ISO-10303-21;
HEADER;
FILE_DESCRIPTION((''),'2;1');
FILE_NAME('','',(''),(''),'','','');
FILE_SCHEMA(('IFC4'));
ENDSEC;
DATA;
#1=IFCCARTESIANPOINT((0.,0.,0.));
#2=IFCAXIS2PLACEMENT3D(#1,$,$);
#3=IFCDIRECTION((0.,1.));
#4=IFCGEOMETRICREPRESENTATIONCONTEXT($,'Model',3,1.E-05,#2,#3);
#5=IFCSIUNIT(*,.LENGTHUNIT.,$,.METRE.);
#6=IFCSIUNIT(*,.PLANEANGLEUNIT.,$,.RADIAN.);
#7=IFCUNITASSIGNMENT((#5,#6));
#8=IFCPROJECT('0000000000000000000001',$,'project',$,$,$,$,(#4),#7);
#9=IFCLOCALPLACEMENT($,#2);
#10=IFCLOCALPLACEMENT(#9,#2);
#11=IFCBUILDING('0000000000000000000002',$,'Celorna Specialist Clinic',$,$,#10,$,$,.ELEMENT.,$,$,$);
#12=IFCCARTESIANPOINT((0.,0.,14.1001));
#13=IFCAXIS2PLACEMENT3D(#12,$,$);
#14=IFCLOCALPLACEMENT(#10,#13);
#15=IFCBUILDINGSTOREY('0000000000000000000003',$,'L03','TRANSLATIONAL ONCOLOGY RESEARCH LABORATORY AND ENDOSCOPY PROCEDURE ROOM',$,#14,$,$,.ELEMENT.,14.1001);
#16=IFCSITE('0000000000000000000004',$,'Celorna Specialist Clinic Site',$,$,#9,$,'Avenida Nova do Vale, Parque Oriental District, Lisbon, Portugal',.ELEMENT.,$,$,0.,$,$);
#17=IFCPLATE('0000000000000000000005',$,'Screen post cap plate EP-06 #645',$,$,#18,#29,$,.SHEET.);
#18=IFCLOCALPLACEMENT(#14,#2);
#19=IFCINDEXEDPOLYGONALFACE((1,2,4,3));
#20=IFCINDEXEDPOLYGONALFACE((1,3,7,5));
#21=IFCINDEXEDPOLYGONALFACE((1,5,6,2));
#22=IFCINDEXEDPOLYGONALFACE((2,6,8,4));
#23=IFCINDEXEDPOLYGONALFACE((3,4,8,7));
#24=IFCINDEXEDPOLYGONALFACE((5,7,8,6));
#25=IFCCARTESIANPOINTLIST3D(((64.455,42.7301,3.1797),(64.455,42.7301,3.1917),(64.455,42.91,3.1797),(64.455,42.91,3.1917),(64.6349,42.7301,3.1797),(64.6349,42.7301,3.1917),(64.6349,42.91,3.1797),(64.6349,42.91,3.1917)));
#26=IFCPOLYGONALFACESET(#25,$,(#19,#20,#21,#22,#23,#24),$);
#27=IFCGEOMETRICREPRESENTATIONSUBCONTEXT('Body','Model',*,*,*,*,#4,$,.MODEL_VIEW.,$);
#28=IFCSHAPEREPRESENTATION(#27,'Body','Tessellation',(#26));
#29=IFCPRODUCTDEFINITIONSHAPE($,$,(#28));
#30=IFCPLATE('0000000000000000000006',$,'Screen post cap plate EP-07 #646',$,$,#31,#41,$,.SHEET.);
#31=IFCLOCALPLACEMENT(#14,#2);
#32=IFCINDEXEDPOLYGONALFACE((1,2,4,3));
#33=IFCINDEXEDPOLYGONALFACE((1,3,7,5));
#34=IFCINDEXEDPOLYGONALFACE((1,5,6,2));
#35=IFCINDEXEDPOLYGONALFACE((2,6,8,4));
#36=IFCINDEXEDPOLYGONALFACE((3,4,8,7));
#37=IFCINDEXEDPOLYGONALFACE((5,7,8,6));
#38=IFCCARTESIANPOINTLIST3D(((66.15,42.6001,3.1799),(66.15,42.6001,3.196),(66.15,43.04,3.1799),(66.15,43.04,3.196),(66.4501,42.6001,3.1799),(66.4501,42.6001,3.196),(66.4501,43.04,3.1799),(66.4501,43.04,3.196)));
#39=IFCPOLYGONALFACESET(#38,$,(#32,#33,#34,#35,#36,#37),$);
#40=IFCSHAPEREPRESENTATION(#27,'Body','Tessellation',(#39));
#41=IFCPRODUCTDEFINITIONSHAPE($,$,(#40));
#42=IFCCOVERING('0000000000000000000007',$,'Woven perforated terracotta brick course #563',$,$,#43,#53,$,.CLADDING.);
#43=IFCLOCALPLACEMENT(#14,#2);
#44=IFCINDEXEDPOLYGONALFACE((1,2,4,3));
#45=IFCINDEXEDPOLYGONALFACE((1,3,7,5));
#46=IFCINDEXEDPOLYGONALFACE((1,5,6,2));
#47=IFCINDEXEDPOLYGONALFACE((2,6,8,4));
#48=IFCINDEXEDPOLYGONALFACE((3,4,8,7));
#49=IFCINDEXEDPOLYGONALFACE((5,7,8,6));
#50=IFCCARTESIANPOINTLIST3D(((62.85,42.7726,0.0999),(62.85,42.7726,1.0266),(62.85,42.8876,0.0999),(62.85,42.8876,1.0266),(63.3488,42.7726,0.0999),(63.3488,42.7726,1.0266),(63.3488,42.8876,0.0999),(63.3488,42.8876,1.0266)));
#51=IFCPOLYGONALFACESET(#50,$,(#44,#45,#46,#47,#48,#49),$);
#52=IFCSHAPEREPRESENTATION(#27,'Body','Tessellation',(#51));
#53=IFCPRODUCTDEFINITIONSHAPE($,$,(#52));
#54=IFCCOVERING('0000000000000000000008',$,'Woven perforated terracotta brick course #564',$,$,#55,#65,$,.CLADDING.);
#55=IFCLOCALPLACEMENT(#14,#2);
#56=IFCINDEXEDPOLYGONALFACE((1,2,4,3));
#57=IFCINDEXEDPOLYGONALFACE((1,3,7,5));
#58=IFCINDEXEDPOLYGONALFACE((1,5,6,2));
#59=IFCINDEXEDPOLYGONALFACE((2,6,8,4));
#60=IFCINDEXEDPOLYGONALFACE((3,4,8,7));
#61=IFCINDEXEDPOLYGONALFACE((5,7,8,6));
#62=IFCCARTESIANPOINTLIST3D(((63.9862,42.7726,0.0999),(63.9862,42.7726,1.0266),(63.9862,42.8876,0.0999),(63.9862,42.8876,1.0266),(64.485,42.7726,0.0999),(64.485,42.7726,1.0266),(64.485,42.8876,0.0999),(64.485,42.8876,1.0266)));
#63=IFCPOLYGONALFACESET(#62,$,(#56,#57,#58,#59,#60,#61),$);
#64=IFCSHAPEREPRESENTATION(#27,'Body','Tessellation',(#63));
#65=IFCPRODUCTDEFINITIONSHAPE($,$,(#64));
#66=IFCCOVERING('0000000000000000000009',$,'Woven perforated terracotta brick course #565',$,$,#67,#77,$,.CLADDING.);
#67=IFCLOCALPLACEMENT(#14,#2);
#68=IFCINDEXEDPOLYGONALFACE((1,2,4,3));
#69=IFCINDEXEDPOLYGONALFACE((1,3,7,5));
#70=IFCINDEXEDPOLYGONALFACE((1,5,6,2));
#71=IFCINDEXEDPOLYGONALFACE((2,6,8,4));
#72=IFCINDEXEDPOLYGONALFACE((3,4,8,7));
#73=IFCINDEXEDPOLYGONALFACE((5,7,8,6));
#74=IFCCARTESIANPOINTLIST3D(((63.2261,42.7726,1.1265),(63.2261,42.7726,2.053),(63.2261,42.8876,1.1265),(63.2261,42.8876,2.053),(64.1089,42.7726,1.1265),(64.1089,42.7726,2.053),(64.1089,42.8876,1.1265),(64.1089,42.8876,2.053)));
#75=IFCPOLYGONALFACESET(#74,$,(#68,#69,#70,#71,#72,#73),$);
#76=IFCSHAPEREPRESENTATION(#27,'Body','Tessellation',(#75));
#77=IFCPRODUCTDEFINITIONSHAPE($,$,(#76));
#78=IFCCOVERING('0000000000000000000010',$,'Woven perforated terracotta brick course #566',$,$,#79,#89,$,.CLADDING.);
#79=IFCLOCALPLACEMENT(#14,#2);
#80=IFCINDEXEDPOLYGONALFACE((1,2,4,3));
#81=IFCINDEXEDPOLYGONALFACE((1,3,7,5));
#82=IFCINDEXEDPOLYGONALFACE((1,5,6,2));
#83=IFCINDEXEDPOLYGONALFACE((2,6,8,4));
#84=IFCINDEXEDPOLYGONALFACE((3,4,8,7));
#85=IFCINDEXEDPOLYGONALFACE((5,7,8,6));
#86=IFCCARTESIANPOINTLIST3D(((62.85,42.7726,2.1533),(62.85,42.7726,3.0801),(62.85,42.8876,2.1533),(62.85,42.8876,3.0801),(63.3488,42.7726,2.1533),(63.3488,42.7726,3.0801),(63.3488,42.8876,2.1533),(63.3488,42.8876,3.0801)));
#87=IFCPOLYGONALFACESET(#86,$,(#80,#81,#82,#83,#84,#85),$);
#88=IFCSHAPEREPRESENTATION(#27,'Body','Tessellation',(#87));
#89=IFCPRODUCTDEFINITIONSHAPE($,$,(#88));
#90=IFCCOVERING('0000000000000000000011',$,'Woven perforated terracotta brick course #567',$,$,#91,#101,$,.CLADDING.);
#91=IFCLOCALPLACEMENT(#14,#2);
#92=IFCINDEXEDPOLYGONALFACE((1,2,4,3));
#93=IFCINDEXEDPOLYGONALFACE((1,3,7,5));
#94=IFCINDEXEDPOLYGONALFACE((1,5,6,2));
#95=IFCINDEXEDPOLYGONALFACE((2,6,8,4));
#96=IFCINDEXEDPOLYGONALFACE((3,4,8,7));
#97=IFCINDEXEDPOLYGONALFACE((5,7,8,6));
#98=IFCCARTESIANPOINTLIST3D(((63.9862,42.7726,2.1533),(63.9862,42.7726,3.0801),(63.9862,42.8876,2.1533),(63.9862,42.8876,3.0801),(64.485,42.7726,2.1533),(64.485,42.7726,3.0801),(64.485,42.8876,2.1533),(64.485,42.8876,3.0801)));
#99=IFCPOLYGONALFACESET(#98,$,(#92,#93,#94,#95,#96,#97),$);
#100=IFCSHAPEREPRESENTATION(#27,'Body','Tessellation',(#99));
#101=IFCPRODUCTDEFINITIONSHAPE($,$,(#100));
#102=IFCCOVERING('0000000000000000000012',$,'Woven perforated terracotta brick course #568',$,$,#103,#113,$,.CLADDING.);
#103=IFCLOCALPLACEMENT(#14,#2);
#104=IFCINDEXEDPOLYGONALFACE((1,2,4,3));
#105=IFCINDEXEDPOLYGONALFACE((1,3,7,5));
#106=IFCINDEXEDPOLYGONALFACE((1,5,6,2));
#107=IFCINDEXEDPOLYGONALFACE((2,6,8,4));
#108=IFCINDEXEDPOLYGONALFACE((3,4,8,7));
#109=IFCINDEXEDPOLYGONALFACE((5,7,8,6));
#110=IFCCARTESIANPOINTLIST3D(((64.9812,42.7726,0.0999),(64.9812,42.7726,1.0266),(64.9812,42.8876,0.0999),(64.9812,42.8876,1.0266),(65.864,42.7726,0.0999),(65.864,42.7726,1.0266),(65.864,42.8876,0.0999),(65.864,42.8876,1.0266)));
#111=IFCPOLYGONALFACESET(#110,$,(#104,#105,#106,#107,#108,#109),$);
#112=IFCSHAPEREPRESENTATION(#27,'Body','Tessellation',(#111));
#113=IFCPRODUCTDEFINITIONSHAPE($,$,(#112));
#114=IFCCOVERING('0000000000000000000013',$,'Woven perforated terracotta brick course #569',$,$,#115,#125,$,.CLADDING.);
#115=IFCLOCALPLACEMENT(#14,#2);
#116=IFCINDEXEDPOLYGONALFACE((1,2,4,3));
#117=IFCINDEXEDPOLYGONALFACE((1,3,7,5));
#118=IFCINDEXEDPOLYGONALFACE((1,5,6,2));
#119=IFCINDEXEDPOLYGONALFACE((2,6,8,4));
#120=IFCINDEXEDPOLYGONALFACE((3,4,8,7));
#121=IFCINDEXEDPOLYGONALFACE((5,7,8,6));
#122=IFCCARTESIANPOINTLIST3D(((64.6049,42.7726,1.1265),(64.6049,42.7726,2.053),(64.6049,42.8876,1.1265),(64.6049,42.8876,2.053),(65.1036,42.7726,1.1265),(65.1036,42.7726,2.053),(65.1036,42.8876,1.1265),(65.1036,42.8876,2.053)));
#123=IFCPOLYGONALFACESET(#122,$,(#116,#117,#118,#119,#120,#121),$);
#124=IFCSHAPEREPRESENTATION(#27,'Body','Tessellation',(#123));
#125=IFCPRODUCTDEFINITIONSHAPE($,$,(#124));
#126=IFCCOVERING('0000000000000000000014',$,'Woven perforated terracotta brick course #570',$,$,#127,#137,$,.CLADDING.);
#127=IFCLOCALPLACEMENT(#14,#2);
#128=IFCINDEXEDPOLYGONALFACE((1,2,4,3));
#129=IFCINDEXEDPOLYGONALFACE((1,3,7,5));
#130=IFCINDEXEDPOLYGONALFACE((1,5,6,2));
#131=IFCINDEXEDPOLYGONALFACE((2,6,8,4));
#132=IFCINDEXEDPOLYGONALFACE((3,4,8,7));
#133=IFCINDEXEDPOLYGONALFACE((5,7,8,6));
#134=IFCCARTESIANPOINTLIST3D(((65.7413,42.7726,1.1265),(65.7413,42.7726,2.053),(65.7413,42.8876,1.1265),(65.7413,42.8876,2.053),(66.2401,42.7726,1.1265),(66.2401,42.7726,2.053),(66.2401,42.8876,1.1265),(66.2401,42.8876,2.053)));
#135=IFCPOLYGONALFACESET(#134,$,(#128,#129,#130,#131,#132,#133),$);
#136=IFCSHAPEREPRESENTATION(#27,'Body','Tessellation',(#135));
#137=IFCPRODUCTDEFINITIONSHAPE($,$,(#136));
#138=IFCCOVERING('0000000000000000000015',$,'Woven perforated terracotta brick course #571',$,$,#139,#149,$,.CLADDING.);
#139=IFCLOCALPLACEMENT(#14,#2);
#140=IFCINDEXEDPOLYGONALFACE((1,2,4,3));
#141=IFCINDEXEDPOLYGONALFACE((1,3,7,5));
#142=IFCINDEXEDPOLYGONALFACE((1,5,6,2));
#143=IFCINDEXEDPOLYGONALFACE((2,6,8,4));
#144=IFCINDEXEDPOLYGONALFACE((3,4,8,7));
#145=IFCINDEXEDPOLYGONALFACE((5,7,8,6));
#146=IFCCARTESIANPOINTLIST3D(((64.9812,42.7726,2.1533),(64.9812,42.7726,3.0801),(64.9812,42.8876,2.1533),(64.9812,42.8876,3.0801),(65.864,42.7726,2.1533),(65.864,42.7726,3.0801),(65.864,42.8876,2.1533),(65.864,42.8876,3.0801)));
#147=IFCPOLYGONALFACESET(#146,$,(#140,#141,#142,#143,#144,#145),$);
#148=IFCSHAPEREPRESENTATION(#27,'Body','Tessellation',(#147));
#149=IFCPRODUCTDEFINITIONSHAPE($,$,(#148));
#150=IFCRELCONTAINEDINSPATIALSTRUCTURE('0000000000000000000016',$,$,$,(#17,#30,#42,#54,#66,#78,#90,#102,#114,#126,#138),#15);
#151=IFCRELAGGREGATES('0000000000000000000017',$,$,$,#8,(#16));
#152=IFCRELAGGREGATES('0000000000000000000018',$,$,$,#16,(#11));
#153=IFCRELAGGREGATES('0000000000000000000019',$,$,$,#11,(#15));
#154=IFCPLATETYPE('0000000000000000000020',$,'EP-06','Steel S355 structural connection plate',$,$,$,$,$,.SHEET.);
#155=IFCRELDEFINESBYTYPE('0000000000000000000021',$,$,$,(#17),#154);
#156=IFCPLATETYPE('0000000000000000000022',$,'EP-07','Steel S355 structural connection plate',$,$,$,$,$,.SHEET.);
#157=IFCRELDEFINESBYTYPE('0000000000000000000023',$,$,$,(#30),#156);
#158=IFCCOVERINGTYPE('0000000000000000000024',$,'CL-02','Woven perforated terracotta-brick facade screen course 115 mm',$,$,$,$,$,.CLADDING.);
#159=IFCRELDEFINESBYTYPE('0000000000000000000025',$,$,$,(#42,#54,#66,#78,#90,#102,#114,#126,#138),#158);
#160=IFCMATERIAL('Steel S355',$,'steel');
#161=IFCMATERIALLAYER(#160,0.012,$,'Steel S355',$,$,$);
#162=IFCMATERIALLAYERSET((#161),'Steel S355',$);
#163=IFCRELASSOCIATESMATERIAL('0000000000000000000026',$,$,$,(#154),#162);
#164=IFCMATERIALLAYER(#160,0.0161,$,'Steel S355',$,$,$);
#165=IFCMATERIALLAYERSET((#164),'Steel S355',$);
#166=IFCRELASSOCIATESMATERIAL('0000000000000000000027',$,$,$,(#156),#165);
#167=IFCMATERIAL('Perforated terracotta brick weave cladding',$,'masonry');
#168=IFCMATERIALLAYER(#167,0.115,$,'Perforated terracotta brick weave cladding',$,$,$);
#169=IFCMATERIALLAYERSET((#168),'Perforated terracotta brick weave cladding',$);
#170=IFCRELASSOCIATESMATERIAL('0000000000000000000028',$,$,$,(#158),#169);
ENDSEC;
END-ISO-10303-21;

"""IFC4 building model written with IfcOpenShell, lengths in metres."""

from ifc_helpers import new_model, si_unit, direction, frame, origin, origin_2d, place, context, subcontext, project, spatial, rectangle, extrude, material, layer, layer_set, type_object, element, save


model = new_model("IFC4")

# Units and contexts
model_context = context("Model", 3, precision=1e-05, world=origin(), true_north=direction((0.0, 1.0)))
body_context = subcontext(model_context, "Body", "Model", "MODEL_VIEW")
ifc_project = project(units=[si_unit("LENGTHUNIT", "METRE"), si_unit("PLANEANGLEUNIT", "RADIAN")], contexts=[model_context])

# Site, building, storey
site_placement = place(None, origin())
site = spatial("IfcSite", under=ifc_project, at=site_placement, Name="Celorna Specialist Clinic Site", LongName="Avenida Nova do Vale, Parque Oriental District, Lisbon, Portugal", CompositionType="ELEMENT", RefElevation=0.0)
building_placement = place(site_placement, origin())
building = spatial("IfcBuilding", under=site, at=building_placement, Name="Celorna Specialist Clinic", CompositionType="ELEMENT")
storey_placement = place(building_placement, frame((0.0, 0.0, 14.1001)))
storey = spatial("IfcBuildingStorey", under=building, at=storey_placement, Name="L03", Description="TRANSLATIONAL ONCOLOGY RESEARCH LABORATORY AND ENDOSCOPY PROCEDURE ROOM", CompositionType="ELEMENT", Elevation=14.1001)

# Shared definitions
ifc_material_1 = material(Name="Steel S355", Category="steel")

# Plates
ifc_layer_1 = layer(ifc_material_1, 0.012, Name="Steel S355")
ifc_layer_set_1 = layer_set([ifc_layer_1], Name="Steel S355")
plate_type_1 = type_object("IfcPlateType", Name="EP-06", Description="Steel S355 structural connection plate", PredefinedType="SHEET", material=ifc_layer_set_1)
plate_1_placement = place(storey_placement, frame((64.5449, 42.8201, 3.1797), z_axis=(0.0, 0.0, 1.0), x_axis=(1.0, 0.0, 0.0)))
element("IfcPlate", 1, at=plate_1_placement, inside=storey, type_object=plate_type_1, Name="Screen post cap plate EP-06 #645", PredefinedType="SHEET", context=body_context, shape_type="SweptSolid", body=[
    extrude(rectangle(XDim=0.1799, YDim=0.1799, at=origin_2d()), origin(), (0.0, 0.0, 1.0), 0.012),
])
ifc_layer_2 = layer(ifc_material_1, 0.0161, Name="Steel S355")
ifc_layer_set_2 = layer_set([ifc_layer_2], Name="Steel S355")
plate_type_2 = type_object("IfcPlateType", Name="EP-07", Description="Steel S355 structural connection plate", PredefinedType="SHEET", material=ifc_layer_set_2)
plate_2_placement = place(storey_placement, frame((66.3, 42.8201, 3.1799), z_axis=(0.0, 0.0, 1.0), x_axis=(1.0, 0.0, 0.0)))
element("IfcPlate", 2, at=plate_2_placement, inside=storey, type_object=plate_type_2, Name="Screen post cap plate EP-07 #646", PredefinedType="SHEET", context=body_context, shape_type="SweptSolid", body=[
    extrude(rectangle(XDim=0.3, YDim=0.4399, at=origin_2d()), origin(), (0.0, 0.0, 1.0), 0.0161),
])

# Coverings
ifc_material_2 = material(Name="Perforated terracotta brick weave cladding", Category="masonry")
ifc_layer_3 = layer(ifc_material_2, 0.115, Name="Perforated terracotta brick weave cladding")
ifc_layer_set_3 = layer_set([ifc_layer_3], Name="Perforated terracotta brick weave cladding")
covering_type = type_object("IfcCoveringType", Name="CL-02", Description="Woven perforated terracotta-brick facade screen course 115 mm", PredefinedType="CLADDING", material=ifc_layer_set_3)
for number, where, z_axis, x_axis, name in (
    (3, (63.0994, 42.8301, 0.0999), (0.0, 0.0, 1.0), (1.0, 0.0, 0.0), "Woven perforated terracotta brick course #563"),
    (4, (64.2356, 42.8301, 0.0999), (0.0, 0.0, 1.0), (1.0, 0.0, 0.0), "Woven perforated terracotta brick course #564"),
):
    element("IfcCovering", number, at=place(storey_placement, frame(where, z_axis=z_axis, x_axis=x_axis)), inside=storey, type_object=covering_type, Name=name, PredefinedType="CLADDING", context=body_context, shape_type="SweptSolid", body=[
        extrude(rectangle(XDim=0.4988, YDim=0.115, at=origin_2d()), origin(), (0.0, 0.0, 1.0), 0.9268),
    ])
covering_1_placement = place(storey_placement, frame((63.6675, 42.8301, 1.1265), z_axis=(0.0, 0.0, 1.0), x_axis=(1.0, 0.0, 0.0)))
element("IfcCovering", 5, at=covering_1_placement, inside=storey, type_object=covering_type, Name="Woven perforated terracotta brick course #565", PredefinedType="CLADDING", context=body_context, shape_type="SweptSolid", body=[
    extrude(rectangle(XDim=0.8828, YDim=0.115, at=origin_2d()), origin(), (0.0, 0.0, 1.0), 0.9265),
])
for number, where, z_axis, x_axis, name in (
    (6, (63.0994, 42.8301, 2.1533), (0.0, 0.0, 1.0), (1.0, 0.0, 0.0), "Woven perforated terracotta brick course #566"),
    (7, (64.2356, 42.8301, 2.1533), (0.0, 0.0, 1.0), (1.0, 0.0, 0.0), "Woven perforated terracotta brick course #567"),
):
    element("IfcCovering", number, at=place(storey_placement, frame(where, z_axis=z_axis, x_axis=x_axis)), inside=storey, type_object=covering_type, Name=name, PredefinedType="CLADDING", context=body_context, shape_type="SweptSolid", body=[
        extrude(rectangle(XDim=0.4988, YDim=0.115, at=origin_2d()), origin(), (0.0, 0.0, 1.0), 0.9268),
    ])
covering_2_placement = place(storey_placement, frame((65.4226, 42.8301, 0.0999), z_axis=(0.0, 0.0, 1.0), x_axis=(1.0, 0.0, 0.0)))
element("IfcCovering", 8, at=covering_2_placement, inside=storey, type_object=covering_type, Name="Woven perforated terracotta brick course #568", PredefinedType="CLADDING", context=body_context, shape_type="SweptSolid", body=[
    extrude(rectangle(XDim=0.8828, YDim=0.115, at=origin_2d()), origin(), (0.0, 0.0, 1.0), 0.9268),
])
for number, where, z_axis, x_axis, name in (
    (9, (64.8542, 42.8301, 1.1265), (0.0, 0.0, 1.0), (1.0, 0.0, 0.0), "Woven perforated terracotta brick course #569"),
    (10, (65.9907, 42.8301, 1.1265), (0.0, 0.0, 1.0), (1.0, 0.0, 0.0), "Woven perforated terracotta brick course #570"),
):
    element("IfcCovering", number, at=place(storey_placement, frame(where, z_axis=z_axis, x_axis=x_axis)), inside=storey, type_object=covering_type, Name=name, PredefinedType="CLADDING", context=body_context, shape_type="SweptSolid", body=[
        extrude(rectangle(XDim=0.4988, YDim=0.115, at=origin_2d()), origin(), (0.0, 0.0, 1.0), 0.9265),
    ])
covering_3_placement = place(storey_placement, frame((65.4226, 42.8301, 2.1533), z_axis=(0.0, 0.0, 1.0), x_axis=(1.0, 0.0, 0.0)))
element("IfcCovering", 11, at=covering_3_placement, inside=storey, type_object=covering_type, Name="Woven perforated terracotta brick course #571", PredefinedType="CLADDING", context=body_context, shape_type="SweptSolid", body=[
    extrude(rectangle(XDim=0.8828, YDim=0.115, at=origin_2d()), origin(), (0.0, 0.0, 1.0), 0.9268),
])

save(model, "model.ifc")
